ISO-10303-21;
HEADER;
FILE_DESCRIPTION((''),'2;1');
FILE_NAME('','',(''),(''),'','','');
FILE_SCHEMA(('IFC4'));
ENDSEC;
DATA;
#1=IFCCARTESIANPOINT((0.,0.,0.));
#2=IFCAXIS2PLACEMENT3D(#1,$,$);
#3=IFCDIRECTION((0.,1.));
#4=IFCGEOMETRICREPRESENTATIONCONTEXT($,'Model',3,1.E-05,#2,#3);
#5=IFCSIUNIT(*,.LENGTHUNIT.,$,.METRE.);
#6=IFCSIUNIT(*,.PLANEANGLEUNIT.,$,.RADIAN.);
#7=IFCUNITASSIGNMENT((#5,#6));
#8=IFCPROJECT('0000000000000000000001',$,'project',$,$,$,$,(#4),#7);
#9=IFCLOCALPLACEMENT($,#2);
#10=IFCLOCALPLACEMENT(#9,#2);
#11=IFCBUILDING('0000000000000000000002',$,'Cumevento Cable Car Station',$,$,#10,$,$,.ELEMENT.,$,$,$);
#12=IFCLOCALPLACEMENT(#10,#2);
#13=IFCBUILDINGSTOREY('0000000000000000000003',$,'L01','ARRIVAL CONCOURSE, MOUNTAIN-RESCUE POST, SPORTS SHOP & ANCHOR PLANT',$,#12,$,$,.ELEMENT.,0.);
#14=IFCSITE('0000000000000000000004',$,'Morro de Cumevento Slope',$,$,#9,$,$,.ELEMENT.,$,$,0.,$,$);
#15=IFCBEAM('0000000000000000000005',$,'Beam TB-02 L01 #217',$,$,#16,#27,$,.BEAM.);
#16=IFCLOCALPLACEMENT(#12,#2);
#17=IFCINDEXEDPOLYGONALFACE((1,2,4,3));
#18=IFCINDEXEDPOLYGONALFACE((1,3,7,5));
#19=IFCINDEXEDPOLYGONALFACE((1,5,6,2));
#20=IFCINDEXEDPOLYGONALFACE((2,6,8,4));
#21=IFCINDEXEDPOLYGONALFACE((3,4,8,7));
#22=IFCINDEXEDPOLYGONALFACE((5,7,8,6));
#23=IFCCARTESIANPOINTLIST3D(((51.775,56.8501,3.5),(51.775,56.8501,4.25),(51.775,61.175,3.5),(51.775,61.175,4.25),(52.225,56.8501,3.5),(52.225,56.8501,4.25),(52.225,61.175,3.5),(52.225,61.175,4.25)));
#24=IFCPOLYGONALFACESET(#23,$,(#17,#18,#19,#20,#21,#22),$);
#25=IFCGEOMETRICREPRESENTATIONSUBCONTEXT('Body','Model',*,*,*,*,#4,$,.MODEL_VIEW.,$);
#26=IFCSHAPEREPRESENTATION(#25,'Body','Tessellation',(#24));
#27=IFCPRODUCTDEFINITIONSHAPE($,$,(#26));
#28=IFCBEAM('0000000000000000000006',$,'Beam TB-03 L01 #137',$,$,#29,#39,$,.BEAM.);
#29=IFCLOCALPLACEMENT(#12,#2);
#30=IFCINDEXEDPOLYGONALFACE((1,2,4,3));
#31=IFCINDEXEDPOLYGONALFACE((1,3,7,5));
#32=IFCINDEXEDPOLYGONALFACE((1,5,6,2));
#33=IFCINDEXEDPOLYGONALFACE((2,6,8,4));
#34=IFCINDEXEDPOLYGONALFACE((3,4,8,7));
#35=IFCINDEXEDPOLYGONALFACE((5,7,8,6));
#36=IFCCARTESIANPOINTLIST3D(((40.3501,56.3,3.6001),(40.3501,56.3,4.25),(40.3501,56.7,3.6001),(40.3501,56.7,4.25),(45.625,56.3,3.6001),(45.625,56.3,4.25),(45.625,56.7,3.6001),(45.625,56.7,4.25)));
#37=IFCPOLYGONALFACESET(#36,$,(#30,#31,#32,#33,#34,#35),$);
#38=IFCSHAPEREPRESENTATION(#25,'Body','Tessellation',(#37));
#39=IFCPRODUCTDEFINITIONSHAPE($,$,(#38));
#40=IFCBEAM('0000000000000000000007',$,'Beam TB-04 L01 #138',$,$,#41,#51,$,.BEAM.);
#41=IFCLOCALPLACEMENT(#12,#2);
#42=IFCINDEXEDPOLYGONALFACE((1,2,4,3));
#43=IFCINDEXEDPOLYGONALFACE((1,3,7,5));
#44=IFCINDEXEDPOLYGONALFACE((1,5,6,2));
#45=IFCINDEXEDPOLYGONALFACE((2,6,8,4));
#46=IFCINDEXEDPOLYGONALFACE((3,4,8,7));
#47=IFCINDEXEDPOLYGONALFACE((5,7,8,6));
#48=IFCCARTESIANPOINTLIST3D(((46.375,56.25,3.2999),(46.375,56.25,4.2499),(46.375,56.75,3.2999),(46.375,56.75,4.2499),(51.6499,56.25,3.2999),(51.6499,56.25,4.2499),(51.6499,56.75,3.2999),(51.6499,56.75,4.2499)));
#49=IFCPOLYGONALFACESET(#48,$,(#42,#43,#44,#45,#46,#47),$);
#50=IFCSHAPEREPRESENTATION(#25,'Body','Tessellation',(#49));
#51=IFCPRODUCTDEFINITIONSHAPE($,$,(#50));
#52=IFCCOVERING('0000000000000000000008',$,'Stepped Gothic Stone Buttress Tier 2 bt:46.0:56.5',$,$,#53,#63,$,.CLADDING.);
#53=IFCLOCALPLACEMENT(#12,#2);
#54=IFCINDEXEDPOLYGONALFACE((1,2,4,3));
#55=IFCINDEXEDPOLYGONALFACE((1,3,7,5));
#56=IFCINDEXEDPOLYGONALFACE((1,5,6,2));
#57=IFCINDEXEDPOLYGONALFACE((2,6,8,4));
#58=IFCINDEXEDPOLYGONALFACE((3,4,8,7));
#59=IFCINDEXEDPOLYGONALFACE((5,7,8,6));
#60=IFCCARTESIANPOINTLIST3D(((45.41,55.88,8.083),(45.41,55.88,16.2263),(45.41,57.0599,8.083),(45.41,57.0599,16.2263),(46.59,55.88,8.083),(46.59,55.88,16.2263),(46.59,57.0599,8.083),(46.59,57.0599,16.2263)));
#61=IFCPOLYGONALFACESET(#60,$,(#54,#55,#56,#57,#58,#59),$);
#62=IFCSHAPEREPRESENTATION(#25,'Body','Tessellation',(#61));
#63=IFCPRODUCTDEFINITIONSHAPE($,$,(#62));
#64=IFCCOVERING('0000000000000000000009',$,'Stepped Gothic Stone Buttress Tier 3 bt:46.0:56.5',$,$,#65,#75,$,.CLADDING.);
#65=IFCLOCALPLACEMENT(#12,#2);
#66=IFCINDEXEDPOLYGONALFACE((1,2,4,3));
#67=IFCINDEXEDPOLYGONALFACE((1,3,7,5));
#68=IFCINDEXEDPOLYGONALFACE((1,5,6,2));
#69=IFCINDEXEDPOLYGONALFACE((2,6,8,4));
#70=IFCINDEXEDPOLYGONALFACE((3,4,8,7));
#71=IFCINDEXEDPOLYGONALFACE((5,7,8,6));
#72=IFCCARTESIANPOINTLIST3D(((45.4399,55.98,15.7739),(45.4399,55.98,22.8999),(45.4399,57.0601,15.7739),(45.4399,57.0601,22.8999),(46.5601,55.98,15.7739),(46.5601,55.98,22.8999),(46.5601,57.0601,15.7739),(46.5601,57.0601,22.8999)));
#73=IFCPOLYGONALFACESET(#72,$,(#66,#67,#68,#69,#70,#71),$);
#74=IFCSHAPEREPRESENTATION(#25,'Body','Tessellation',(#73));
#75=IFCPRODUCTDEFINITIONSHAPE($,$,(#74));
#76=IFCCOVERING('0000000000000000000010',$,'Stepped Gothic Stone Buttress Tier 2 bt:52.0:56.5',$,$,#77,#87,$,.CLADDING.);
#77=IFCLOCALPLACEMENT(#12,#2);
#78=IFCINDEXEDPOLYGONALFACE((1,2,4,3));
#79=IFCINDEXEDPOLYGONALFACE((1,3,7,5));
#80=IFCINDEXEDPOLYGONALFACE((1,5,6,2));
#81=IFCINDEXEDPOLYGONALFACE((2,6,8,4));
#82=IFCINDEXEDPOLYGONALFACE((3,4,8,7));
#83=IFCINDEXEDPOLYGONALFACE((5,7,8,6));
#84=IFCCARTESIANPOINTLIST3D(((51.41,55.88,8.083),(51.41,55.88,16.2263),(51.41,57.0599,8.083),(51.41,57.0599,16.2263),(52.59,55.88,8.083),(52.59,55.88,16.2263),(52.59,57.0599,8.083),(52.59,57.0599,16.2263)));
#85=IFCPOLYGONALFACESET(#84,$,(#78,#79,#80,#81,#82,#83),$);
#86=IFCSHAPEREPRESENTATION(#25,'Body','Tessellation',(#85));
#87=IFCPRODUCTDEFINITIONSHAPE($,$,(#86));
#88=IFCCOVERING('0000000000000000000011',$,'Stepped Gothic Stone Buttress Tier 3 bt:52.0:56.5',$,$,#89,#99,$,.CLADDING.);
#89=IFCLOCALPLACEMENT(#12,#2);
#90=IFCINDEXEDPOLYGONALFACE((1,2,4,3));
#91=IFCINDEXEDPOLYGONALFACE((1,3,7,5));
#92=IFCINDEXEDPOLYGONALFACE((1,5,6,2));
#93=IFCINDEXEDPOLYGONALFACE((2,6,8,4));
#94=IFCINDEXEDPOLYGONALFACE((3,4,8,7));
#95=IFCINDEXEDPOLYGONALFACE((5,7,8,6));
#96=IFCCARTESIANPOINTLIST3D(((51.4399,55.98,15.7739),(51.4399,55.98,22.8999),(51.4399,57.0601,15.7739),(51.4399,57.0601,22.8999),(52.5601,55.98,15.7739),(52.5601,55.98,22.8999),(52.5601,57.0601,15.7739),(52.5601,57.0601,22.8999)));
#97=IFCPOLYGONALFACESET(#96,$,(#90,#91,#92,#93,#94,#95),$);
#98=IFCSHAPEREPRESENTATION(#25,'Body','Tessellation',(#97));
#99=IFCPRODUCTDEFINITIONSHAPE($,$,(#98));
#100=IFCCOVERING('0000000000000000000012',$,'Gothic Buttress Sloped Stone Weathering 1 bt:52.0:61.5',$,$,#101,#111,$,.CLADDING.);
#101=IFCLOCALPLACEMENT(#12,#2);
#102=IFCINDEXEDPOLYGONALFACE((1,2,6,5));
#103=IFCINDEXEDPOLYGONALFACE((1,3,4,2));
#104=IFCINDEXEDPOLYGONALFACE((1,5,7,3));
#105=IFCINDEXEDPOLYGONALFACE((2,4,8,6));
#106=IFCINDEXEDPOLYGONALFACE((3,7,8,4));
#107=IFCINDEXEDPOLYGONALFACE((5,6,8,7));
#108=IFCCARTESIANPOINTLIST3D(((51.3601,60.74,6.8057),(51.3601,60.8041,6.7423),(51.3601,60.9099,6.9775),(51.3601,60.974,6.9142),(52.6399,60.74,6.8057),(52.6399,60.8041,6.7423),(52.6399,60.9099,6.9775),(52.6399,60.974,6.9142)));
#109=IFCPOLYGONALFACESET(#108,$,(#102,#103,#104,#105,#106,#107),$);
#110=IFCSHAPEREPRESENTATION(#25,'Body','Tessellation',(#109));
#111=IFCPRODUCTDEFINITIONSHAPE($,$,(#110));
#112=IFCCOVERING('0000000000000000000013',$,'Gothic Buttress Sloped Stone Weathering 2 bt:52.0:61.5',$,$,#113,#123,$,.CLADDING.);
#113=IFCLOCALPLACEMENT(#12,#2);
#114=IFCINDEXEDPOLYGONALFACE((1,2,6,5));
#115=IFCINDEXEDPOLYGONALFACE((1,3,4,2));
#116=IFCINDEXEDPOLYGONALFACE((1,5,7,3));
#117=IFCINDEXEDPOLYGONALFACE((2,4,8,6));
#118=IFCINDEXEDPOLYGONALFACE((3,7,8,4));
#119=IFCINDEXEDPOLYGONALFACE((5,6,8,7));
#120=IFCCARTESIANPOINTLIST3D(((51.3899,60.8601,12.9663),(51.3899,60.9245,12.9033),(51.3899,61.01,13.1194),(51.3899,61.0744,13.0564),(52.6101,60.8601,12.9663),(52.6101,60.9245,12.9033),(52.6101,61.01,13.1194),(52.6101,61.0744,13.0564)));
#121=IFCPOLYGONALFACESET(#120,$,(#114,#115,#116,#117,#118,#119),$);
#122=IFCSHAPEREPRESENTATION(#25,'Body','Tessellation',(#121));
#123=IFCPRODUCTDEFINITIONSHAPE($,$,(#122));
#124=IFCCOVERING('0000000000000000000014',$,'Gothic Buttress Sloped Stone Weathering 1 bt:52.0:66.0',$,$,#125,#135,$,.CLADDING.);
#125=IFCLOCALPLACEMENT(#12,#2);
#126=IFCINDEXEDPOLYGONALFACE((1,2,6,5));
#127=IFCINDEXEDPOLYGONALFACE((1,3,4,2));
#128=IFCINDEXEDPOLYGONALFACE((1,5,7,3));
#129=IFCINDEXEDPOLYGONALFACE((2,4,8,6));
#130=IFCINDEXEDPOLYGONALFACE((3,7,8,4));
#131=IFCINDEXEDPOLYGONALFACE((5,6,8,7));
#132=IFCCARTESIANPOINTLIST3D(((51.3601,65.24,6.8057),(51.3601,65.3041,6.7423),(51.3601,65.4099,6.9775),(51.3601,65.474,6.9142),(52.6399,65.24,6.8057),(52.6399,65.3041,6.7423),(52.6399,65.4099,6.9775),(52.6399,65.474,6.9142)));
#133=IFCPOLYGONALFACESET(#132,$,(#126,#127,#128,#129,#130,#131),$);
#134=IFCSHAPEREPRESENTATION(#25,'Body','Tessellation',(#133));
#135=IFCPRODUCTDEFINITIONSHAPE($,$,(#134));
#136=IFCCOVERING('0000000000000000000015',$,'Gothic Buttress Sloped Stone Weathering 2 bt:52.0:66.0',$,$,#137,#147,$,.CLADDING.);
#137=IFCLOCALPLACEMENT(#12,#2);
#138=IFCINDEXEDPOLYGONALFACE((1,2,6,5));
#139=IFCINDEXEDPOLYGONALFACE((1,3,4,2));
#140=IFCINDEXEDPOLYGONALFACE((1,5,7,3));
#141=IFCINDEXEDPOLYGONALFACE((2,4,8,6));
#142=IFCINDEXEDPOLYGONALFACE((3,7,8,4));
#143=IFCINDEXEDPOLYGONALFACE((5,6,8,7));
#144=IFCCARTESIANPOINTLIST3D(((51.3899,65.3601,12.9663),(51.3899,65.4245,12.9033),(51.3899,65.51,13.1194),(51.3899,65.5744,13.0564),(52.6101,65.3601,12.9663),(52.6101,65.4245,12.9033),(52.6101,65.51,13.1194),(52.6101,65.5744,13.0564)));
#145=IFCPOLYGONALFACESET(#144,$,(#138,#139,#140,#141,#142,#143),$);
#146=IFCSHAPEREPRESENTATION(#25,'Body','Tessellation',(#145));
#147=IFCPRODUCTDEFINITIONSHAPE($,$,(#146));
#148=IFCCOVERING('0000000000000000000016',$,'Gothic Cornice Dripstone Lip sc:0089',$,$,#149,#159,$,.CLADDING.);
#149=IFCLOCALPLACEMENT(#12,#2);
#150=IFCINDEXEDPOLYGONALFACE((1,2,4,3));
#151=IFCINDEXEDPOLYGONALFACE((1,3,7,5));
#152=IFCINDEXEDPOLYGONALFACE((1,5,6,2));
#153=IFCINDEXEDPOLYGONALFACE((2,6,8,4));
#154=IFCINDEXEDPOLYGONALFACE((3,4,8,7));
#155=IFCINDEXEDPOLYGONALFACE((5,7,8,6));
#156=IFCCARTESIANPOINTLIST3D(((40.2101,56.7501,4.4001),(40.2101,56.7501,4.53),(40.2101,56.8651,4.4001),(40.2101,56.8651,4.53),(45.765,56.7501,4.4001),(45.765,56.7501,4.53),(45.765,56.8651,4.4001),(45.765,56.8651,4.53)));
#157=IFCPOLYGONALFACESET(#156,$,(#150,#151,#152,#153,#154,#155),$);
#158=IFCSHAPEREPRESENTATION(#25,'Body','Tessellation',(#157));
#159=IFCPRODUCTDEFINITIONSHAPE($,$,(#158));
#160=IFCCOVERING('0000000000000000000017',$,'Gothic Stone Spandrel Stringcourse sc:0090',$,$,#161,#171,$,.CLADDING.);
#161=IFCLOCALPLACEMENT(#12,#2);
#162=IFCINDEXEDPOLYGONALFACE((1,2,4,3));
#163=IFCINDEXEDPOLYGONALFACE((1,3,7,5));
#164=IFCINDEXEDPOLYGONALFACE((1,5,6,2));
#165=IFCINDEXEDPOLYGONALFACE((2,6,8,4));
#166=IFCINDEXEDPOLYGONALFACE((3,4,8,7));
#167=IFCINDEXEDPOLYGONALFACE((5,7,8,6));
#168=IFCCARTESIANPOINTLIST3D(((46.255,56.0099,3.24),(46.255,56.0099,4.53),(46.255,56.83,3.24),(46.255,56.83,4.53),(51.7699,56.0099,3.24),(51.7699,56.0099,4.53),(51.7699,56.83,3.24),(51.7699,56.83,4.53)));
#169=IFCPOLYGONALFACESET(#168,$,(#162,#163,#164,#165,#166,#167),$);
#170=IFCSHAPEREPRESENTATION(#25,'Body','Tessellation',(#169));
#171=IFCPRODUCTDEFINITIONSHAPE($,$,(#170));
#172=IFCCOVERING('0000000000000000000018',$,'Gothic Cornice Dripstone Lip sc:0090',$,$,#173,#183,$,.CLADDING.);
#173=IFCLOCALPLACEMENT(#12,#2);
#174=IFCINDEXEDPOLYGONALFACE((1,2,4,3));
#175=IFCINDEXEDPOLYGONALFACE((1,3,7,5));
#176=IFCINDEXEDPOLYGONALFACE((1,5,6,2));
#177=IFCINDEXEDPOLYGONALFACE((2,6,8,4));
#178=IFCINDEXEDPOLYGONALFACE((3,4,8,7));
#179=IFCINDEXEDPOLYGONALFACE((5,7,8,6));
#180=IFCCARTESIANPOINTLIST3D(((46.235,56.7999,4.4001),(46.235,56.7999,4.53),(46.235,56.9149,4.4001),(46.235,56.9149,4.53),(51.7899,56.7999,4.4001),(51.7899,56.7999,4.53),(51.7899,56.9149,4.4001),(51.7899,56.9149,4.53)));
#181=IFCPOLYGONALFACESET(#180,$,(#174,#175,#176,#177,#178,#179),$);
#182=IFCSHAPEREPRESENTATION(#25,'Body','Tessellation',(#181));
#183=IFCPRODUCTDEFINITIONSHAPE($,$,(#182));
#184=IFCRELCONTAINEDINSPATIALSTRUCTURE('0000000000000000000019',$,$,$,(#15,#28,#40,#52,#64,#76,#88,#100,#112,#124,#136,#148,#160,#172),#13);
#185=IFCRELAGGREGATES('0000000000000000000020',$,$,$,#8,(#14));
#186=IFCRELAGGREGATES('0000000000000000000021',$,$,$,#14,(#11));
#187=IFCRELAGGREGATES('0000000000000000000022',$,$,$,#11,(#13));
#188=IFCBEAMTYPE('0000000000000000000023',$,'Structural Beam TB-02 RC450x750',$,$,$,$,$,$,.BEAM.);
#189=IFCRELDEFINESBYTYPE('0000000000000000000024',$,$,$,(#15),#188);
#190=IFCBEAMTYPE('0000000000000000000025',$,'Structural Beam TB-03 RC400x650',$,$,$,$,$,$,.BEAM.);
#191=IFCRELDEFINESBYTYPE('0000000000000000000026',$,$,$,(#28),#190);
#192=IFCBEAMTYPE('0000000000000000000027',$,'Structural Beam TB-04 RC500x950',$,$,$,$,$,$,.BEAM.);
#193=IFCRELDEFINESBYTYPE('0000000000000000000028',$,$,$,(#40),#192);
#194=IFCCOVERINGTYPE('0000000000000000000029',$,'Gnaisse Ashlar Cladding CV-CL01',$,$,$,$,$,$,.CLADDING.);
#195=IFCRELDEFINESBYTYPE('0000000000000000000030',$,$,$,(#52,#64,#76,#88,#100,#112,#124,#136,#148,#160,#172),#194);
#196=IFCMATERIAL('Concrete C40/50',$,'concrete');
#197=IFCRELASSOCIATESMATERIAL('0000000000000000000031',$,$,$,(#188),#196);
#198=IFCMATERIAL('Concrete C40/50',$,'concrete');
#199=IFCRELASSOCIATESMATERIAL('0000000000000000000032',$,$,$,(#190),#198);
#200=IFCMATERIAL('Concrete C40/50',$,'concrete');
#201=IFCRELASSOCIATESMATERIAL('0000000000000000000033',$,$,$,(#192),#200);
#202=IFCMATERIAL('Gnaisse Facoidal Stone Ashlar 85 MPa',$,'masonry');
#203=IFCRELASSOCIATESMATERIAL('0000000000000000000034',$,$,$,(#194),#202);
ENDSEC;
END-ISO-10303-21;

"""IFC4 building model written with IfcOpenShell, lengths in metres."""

from ifc_helpers import new_model, si_unit, direction, frame, origin, origin_2d, place, context, subcontext, project, spatial, polyline, rectangle, outline, extrude, material, material_profile, profile_set, type_object, element, save


model = new_model("IFC4")

# Units and contexts
model_context = context("Model", 3, precision=1e-05, world=origin(), true_north=direction((0.0, 1.0)))
body_context = subcontext(model_context, "Body", "Model", "MODEL_VIEW")
ifc_project = project(units=[si_unit("LENGTHUNIT", "METRE"), si_unit("PLANEANGLEUNIT", "RADIAN")], contexts=[model_context])

# Site, building, storey
site_placement = place(None, origin())
site = spatial("IfcSite", under=ifc_project, at=site_placement, Name="Morro de Cumevento Slope", CompositionType="ELEMENT", RefElevation=0.0)
building_placement = place(site_placement, origin())
building = spatial("IfcBuilding", under=site, at=building_placement, Name="Cumevento Cable Car Station", CompositionType="ELEMENT")
storey_placement = place(building_placement, origin())
storey = spatial("IfcBuildingStorey", under=building, at=storey_placement, Name="L01", Description="ARRIVAL CONCOURSE, MOUNTAIN-RESCUE POST, SPORTS SHOP & ANCHOR PLANT", CompositionType="ELEMENT", Elevation=0.0)

# Beams
ifc_material_1 = material(Name="Concrete C40/50", Category="concrete")
ifc_material_profile_1 = material_profile(ifc_material_1, rectangle(XDim=0.45, YDim=0.75, at=origin_2d()), Name="RC450x750")
ifc_profile_set_1 = profile_set([ifc_material_profile_1], Name="Concrete C40/50")
beam_type_1 = type_object("IfcBeamType", Name="Structural Beam TB-02 RC450x750", PredefinedType="BEAM", material=ifc_profile_set_1)
beam_1_placement = place(storey_placement, frame((52.0, 56.8501, 3.875), z_axis=(0.0, 1.0, 0.0), x_axis=(-1.0, 0.0, 0.0)))
element("IfcBeam", 1, at=beam_1_placement, inside=storey, type_object=beam_type_1, Name="Beam TB-02 L01 #217", PredefinedType="BEAM", context=body_context, shape_type="SweptSolid", body=[
    extrude(rectangle(XDim=0.45, YDim=0.75, at=origin_2d()), origin(), (0.0, 0.0, 1.0), 4.325),
])
ifc_material_2 = material(Name="Concrete C40/50", Category="concrete")
ifc_material_profile_2 = material_profile(ifc_material_2, rectangle(XDim=0.3999, YDim=0.6499, at=origin_2d()), Name="RC400x650")
ifc_profile_set_2 = profile_set([ifc_material_profile_2], Name="Concrete C40/50")
beam_type_2 = type_object("IfcBeamType", Name="Structural Beam TB-03 RC400x650", PredefinedType="BEAM", material=ifc_profile_set_2)
beam_2_placement = place(storey_placement, frame((40.3501, 56.5, 3.925), z_axis=(1.0, 0.0, 0.0), x_axis=(0.0, 1.0, 0.0)))
element("IfcBeam", 2, at=beam_2_placement, inside=storey, type_object=beam_type_2, Name="Beam TB-03 L01 #137", PredefinedType="BEAM", context=body_context, shape_type="SweptSolid", body=[
    extrude(rectangle(XDim=0.3999, YDim=0.6499, at=origin_2d()), origin(), (0.0, 0.0, 1.0), 5.2749),
])
ifc_material_3 = material(Name="Concrete C40/50", Category="concrete")
ifc_material_profile_3 = material_profile(ifc_material_3, rectangle(XDim=0.5, YDim=0.95, at=origin_2d()), Name="RC500x950")
ifc_profile_set_3 = profile_set([ifc_material_profile_3], Name="Concrete C40/50")
beam_type_3 = type_object("IfcBeamType", Name="Structural Beam TB-04 RC500x950", PredefinedType="BEAM", material=ifc_profile_set_3)
beam_3_placement = place(storey_placement, frame((46.375, 56.5, 3.7749), z_axis=(1.0, 0.0, 0.0), x_axis=(0.0, 1.0, 0.0)))
element("IfcBeam", 3, at=beam_3_placement, inside=storey, type_object=beam_type_3, Name="Beam TB-04 L01 #138", PredefinedType="BEAM", context=body_context, shape_type="SweptSolid", body=[
    extrude(rectangle(XDim=0.5, YDim=0.95, at=origin_2d()), origin(), (0.0, 0.0, 1.0), 5.2749),
])

# Coverings
ifc_material_4 = material(Name="Gnaisse Facoidal Stone Ashlar 85 MPa", Category="masonry")
covering_type = type_object("IfcCoveringType", Name="Gnaisse Ashlar Cladding CV-CL01", PredefinedType="CLADDING", material=ifc_material_4)
covering_1_placement = place(storey_placement, frame((46.0, 56.47, 8.083), z_axis=(0.0, 0.0, 1.0), x_axis=(1.0, 0.0, 0.0)))
element("IfcCovering", 4, at=covering_1_placement, inside=storey, type_object=covering_type, Name="Stepped Gothic Stone Buttress Tier 2 bt:46.0:56.5", PredefinedType="CLADDING", context=body_context, shape_type="SweptSolid", body=[
    extrude(rectangle(XDim=1.1799, YDim=1.1799, at=origin_2d()), origin(), (0.0, 0.0, 1.0), 8.1433),
])
covering_2_placement = place(storey_placement, frame((46.0, 56.52, 15.7739), z_axis=(0.0, 0.0, 1.0), x_axis=(1.0, 0.0, 0.0)))
element("IfcCovering", 5, at=covering_2_placement, inside=storey, type_object=covering_type, Name="Stepped Gothic Stone Buttress Tier 3 bt:46.0:56.5", PredefinedType="CLADDING", context=body_context, shape_type="SweptSolid", body=[
    extrude(rectangle(XDim=1.1201, YDim=1.0801, at=origin_2d()), origin(), (0.0, 0.0, 1.0), 7.126),
])
covering_3_placement = place(storey_placement, frame((52.0, 56.47, 8.083), z_axis=(0.0, 0.0, 1.0), x_axis=(1.0, 0.0, 0.0)))
element("IfcCovering", 6, at=covering_3_placement, inside=storey, type_object=covering_type, Name="Stepped Gothic Stone Buttress Tier 2 bt:52.0:56.5", PredefinedType="CLADDING", context=body_context, shape_type="SweptSolid", body=[
    extrude(rectangle(XDim=1.1799, YDim=1.1799, at=origin_2d()), origin(), (0.0, 0.0, 1.0), 8.1433),
])
covering_4_placement = place(storey_placement, frame((52.0, 56.52, 15.7739), z_axis=(0.0, 0.0, 1.0), x_axis=(1.0, 0.0, 0.0)))
element("IfcCovering", 7, at=covering_4_placement, inside=storey, type_object=covering_type, Name="Stepped Gothic Stone Buttress Tier 3 bt:52.0:56.5", PredefinedType="CLADDING", context=body_context, shape_type="SweptSolid", body=[
    extrude(rectangle(XDim=1.1201, YDim=1.0801, at=origin_2d()), origin(), (0.0, 0.0, 1.0), 7.126),
])
covering_5_placement = place(storey_placement, frame((51.3601, 60.74, 6.8057), z_axis=(0.0, -0.711136, 0.703055), x_axis=(1.0, 0.0, 0.0)))
element("IfcCovering", 8, at=covering_5_placement, inside=storey, type_object=covering_type, Name="Gothic Buttress Sloped Stone Weathering 1 bt:52.0:61.5", PredefinedType="CLADDING", context=body_context, shape_type="SweptSolid", body=[
    extrude(outline(polyline([(0.0, 0.0), (1.2798, 0.0), (1.2798, 0.2417), (0.0, 0.2417), (0.0, 0.0)])), origin(), (0.0, 0.0, -1.0), 0.0901),
])
covering_6_placement = place(storey_placement, frame((51.3899, 60.8601, 12.9663), z_axis=(0.0, -0.714475, 0.699661), x_axis=(1.0, 0.0, 0.0)))
element("IfcCovering", 9, at=covering_6_placement, inside=storey, type_object=covering_type, Name="Gothic Buttress Sloped Stone Weathering 2 bt:52.0:61.5", PredefinedType="CLADDING", context=body_context, shape_type="SweptSolid", body=[
    extrude(outline(polyline([(0.0, 0.0), (1.2202, 0.0), (1.2202, 0.2142), (0.0, 0.2142), (0.0, 0.0)])), origin(), (0.0, 0.0, -1.0), 0.0901),
])
covering_7_placement = place(storey_placement, frame((51.3601, 65.24, 6.8057), z_axis=(0.0, -0.711136, 0.703055), x_axis=(1.0, 0.0, 0.0)))
element("IfcCovering", 10, at=covering_7_placement, inside=storey, type_object=covering_type, Name="Gothic Buttress Sloped Stone Weathering 1 bt:52.0:66.0", PredefinedType="CLADDING", context=body_context, shape_type="SweptSolid", body=[
    extrude(outline(polyline([(0.0, 0.0), (1.2798, 0.0), (1.2798, 0.2417), (0.0, 0.2417), (0.0, 0.0)])), origin(), (0.0, 0.0, -1.0), 0.0901),
])
covering_8_placement = place(storey_placement, frame((51.3899, 65.3601, 12.9663), z_axis=(0.0, -0.714475, 0.699661), x_axis=(1.0, 0.0, 0.0)))
element("IfcCovering", 11, at=covering_8_placement, inside=storey, type_object=covering_type, Name="Gothic Buttress Sloped Stone Weathering 2 bt:52.0:66.0", PredefinedType="CLADDING", context=body_context, shape_type="SweptSolid", body=[
    extrude(outline(polyline([(0.0, 0.0), (1.2202, 0.0), (1.2202, 0.2142), (0.0, 0.2142), (0.0, 0.0)])), origin(), (0.0, 0.0, -1.0), 0.0901),
])
covering_9_placement = place(storey_placement, frame((42.9875, 56.8076, 4.4001), z_axis=(0.0, 0.0, 1.0), x_axis=(1.0, 0.0, 0.0)))
element("IfcCovering", 12, at=covering_9_placement, inside=storey, type_object=covering_type, Name="Gothic Cornice Dripstone Lip sc:0089", PredefinedType="CLADDING", context=body_context, shape_type="SweptSolid", body=[
    extrude(rectangle(XDim=5.5549, YDim=0.115, at=origin_2d()), origin(), (0.0, 0.0, 1.0), 0.1299),
])
covering_10_placement = place(storey_placement, frame((49.0125, 56.4199, 3.24), z_axis=(0.0, 0.0, 1.0), x_axis=(1.0, 0.0, 0.0)))
element("IfcCovering", 13, at=covering_10_placement, inside=storey, type_object=covering_type, Name="Gothic Stone Spandrel Stringcourse sc:0090", PredefinedType="CLADDING", context=body_context, shape_type="SweptSolid", body=[
    extrude(rectangle(XDim=5.5149, YDim=0.8201, at=origin_2d()), origin(), (0.0, 0.0, 1.0), 1.29),
])
covering_11_placement = place(storey_placement, frame((49.0125, 56.8574, 4.4001), z_axis=(0.0, 0.0, 1.0), x_axis=(1.0, 0.0, 0.0)))
element("IfcCovering", 14, at=covering_11_placement, inside=storey, type_object=covering_type, Name="Gothic Cornice Dripstone Lip sc:0090", PredefinedType="CLADDING", context=body_context, shape_type="SweptSolid", body=[
    extrude(rectangle(XDim=5.5549, YDim=0.115, at=origin_2d()), origin(), (0.0, 0.0, 1.0), 0.1299),
])

save(model, "model.ifc")
